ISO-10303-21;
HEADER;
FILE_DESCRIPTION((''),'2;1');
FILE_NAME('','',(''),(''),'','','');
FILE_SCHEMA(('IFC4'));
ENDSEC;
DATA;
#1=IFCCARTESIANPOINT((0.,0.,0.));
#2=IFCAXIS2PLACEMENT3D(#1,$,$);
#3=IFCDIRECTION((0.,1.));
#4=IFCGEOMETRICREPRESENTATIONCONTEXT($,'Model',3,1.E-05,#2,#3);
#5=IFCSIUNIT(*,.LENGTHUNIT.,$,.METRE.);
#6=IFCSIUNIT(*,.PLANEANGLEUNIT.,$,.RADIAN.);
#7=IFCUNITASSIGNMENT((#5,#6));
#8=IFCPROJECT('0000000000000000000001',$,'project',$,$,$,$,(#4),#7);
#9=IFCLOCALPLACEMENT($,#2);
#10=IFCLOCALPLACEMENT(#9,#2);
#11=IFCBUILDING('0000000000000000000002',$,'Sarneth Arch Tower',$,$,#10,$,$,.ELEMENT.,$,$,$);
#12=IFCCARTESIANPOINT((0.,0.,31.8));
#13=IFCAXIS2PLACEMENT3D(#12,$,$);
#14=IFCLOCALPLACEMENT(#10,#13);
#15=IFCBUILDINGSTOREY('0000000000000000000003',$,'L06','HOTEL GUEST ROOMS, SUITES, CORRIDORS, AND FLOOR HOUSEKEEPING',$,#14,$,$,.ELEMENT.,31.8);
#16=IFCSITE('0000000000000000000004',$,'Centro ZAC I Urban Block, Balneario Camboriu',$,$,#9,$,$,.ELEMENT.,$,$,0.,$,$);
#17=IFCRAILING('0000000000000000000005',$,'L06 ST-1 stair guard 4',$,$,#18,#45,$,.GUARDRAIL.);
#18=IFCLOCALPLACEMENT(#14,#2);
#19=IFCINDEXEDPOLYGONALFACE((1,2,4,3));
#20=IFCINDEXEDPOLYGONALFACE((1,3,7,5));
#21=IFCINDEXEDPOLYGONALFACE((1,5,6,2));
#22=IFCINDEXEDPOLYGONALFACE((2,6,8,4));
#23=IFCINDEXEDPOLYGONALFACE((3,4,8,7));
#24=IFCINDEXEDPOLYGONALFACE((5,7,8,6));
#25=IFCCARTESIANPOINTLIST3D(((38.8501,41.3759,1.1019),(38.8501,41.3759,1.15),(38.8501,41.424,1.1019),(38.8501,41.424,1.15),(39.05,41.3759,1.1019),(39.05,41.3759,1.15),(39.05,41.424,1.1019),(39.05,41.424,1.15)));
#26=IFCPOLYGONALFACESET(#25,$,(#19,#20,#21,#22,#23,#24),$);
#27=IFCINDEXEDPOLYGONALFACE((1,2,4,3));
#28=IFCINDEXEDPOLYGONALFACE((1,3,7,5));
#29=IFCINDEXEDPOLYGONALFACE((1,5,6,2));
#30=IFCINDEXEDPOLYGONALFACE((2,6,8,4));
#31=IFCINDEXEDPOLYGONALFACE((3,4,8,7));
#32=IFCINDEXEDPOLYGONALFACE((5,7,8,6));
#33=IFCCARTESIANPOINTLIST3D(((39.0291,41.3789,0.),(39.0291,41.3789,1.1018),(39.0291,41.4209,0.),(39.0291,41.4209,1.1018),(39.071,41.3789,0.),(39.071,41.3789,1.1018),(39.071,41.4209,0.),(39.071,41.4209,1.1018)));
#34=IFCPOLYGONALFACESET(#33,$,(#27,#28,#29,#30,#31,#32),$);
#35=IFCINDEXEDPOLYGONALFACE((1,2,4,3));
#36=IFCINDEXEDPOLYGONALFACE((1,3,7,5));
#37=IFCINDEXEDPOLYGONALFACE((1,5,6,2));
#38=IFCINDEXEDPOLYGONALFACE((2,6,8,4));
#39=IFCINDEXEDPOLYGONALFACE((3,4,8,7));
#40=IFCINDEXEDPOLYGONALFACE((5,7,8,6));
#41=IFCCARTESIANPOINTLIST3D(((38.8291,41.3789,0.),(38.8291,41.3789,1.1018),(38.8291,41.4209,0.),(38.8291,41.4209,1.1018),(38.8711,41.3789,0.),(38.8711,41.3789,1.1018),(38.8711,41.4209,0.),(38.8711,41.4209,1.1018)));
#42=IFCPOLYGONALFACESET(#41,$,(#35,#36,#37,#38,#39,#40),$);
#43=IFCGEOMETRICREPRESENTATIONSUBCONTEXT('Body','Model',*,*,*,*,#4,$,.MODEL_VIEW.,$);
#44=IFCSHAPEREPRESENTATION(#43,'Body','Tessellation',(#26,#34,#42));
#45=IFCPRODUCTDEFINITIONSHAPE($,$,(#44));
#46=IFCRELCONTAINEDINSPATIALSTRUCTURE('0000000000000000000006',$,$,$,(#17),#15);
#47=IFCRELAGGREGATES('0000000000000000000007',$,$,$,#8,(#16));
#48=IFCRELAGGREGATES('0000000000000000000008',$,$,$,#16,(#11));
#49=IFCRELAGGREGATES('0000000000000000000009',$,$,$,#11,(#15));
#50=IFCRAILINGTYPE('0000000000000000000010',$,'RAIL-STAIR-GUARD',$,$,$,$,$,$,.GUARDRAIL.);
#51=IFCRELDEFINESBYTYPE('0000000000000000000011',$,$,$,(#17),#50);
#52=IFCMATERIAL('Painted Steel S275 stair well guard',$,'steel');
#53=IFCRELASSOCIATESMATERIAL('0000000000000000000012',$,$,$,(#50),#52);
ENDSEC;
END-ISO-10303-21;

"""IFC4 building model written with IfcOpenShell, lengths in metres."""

from ifc_helpers import new_model, si_unit, direction, frame, origin, origin_2d, place, context, subcontext, project, spatial, rectangle, extrude, material, type_object, element, save


model = new_model("IFC4")

# Units and contexts
model_context = context("Model", 3, precision=1e-05, world=origin(), true_north=direction((0.0, 1.0)))
body_context = subcontext(model_context, "Body", "Model", "MODEL_VIEW")
ifc_project = project(units=[si_unit("LENGTHUNIT", "METRE"), si_unit("PLANEANGLEUNIT", "RADIAN")], contexts=[model_context])

# Site, building, storey
site_placement = place(None, origin())
site = spatial("IfcSite", under=ifc_project, at=site_placement, Name="Centro ZAC I Urban Block, Balneario Camboriu", CompositionType="ELEMENT", RefElevation=0.0)
building_placement = place(site_placement, origin())
building = spatial("IfcBuilding", under=site, at=building_placement, Name="Sarneth Arch Tower", CompositionType="ELEMENT")
storey_placement = place(building_placement, frame((0.0, 0.0, 31.8)))
storey = spatial("IfcBuildingStorey", under=building, at=storey_placement, Name="L06", Description="HOTEL GUEST ROOMS, SUITES, CORRIDORS, AND FLOOR HOUSEKEEPING", CompositionType="ELEMENT", Elevation=31.8)

# Railing
ifc_material_1 = material(Name="Painted Steel S275 stair well guard", Category="steel")
railing_type_1 = type_object("IfcRailingType", Name="RAIL-STAIR-GUARD", PredefinedType="GUARDRAIL", material=ifc_material_1)
railing_1_placement = place(storey_placement, frame((39.05, 41.3999, 0.0)))
element("IfcRailing", 1, at=railing_1_placement, inside=storey, type_object=railing_type_1, Name="L06 ST-1 stair guard 4", PredefinedType="GUARDRAIL", context=body_context, shape_type="SweptSolid", body=[
    extrude(rectangle(XDim=0.0481, YDim=0.0481, at=origin_2d()), frame((0.0, 0.0, 1.126), z_axis=(-1.0, 0.0, 0.0), x_axis=(0.0, -1.0, 0.0)), (0.0, 0.0, 1.0), 0.2),
    extrude(rectangle(XDim=0.042, YDim=0.042, at=origin_2d()), origin(), (0.0, 0.0, 1.0), 1.1018),
    extrude(rectangle(XDim=0.042, YDim=0.042, at=origin_2d()), frame((-0.2, 0.0, 0.0)), (0.0, 0.0, 1.0), 1.1018),
])

save(model, "model.ifc")
